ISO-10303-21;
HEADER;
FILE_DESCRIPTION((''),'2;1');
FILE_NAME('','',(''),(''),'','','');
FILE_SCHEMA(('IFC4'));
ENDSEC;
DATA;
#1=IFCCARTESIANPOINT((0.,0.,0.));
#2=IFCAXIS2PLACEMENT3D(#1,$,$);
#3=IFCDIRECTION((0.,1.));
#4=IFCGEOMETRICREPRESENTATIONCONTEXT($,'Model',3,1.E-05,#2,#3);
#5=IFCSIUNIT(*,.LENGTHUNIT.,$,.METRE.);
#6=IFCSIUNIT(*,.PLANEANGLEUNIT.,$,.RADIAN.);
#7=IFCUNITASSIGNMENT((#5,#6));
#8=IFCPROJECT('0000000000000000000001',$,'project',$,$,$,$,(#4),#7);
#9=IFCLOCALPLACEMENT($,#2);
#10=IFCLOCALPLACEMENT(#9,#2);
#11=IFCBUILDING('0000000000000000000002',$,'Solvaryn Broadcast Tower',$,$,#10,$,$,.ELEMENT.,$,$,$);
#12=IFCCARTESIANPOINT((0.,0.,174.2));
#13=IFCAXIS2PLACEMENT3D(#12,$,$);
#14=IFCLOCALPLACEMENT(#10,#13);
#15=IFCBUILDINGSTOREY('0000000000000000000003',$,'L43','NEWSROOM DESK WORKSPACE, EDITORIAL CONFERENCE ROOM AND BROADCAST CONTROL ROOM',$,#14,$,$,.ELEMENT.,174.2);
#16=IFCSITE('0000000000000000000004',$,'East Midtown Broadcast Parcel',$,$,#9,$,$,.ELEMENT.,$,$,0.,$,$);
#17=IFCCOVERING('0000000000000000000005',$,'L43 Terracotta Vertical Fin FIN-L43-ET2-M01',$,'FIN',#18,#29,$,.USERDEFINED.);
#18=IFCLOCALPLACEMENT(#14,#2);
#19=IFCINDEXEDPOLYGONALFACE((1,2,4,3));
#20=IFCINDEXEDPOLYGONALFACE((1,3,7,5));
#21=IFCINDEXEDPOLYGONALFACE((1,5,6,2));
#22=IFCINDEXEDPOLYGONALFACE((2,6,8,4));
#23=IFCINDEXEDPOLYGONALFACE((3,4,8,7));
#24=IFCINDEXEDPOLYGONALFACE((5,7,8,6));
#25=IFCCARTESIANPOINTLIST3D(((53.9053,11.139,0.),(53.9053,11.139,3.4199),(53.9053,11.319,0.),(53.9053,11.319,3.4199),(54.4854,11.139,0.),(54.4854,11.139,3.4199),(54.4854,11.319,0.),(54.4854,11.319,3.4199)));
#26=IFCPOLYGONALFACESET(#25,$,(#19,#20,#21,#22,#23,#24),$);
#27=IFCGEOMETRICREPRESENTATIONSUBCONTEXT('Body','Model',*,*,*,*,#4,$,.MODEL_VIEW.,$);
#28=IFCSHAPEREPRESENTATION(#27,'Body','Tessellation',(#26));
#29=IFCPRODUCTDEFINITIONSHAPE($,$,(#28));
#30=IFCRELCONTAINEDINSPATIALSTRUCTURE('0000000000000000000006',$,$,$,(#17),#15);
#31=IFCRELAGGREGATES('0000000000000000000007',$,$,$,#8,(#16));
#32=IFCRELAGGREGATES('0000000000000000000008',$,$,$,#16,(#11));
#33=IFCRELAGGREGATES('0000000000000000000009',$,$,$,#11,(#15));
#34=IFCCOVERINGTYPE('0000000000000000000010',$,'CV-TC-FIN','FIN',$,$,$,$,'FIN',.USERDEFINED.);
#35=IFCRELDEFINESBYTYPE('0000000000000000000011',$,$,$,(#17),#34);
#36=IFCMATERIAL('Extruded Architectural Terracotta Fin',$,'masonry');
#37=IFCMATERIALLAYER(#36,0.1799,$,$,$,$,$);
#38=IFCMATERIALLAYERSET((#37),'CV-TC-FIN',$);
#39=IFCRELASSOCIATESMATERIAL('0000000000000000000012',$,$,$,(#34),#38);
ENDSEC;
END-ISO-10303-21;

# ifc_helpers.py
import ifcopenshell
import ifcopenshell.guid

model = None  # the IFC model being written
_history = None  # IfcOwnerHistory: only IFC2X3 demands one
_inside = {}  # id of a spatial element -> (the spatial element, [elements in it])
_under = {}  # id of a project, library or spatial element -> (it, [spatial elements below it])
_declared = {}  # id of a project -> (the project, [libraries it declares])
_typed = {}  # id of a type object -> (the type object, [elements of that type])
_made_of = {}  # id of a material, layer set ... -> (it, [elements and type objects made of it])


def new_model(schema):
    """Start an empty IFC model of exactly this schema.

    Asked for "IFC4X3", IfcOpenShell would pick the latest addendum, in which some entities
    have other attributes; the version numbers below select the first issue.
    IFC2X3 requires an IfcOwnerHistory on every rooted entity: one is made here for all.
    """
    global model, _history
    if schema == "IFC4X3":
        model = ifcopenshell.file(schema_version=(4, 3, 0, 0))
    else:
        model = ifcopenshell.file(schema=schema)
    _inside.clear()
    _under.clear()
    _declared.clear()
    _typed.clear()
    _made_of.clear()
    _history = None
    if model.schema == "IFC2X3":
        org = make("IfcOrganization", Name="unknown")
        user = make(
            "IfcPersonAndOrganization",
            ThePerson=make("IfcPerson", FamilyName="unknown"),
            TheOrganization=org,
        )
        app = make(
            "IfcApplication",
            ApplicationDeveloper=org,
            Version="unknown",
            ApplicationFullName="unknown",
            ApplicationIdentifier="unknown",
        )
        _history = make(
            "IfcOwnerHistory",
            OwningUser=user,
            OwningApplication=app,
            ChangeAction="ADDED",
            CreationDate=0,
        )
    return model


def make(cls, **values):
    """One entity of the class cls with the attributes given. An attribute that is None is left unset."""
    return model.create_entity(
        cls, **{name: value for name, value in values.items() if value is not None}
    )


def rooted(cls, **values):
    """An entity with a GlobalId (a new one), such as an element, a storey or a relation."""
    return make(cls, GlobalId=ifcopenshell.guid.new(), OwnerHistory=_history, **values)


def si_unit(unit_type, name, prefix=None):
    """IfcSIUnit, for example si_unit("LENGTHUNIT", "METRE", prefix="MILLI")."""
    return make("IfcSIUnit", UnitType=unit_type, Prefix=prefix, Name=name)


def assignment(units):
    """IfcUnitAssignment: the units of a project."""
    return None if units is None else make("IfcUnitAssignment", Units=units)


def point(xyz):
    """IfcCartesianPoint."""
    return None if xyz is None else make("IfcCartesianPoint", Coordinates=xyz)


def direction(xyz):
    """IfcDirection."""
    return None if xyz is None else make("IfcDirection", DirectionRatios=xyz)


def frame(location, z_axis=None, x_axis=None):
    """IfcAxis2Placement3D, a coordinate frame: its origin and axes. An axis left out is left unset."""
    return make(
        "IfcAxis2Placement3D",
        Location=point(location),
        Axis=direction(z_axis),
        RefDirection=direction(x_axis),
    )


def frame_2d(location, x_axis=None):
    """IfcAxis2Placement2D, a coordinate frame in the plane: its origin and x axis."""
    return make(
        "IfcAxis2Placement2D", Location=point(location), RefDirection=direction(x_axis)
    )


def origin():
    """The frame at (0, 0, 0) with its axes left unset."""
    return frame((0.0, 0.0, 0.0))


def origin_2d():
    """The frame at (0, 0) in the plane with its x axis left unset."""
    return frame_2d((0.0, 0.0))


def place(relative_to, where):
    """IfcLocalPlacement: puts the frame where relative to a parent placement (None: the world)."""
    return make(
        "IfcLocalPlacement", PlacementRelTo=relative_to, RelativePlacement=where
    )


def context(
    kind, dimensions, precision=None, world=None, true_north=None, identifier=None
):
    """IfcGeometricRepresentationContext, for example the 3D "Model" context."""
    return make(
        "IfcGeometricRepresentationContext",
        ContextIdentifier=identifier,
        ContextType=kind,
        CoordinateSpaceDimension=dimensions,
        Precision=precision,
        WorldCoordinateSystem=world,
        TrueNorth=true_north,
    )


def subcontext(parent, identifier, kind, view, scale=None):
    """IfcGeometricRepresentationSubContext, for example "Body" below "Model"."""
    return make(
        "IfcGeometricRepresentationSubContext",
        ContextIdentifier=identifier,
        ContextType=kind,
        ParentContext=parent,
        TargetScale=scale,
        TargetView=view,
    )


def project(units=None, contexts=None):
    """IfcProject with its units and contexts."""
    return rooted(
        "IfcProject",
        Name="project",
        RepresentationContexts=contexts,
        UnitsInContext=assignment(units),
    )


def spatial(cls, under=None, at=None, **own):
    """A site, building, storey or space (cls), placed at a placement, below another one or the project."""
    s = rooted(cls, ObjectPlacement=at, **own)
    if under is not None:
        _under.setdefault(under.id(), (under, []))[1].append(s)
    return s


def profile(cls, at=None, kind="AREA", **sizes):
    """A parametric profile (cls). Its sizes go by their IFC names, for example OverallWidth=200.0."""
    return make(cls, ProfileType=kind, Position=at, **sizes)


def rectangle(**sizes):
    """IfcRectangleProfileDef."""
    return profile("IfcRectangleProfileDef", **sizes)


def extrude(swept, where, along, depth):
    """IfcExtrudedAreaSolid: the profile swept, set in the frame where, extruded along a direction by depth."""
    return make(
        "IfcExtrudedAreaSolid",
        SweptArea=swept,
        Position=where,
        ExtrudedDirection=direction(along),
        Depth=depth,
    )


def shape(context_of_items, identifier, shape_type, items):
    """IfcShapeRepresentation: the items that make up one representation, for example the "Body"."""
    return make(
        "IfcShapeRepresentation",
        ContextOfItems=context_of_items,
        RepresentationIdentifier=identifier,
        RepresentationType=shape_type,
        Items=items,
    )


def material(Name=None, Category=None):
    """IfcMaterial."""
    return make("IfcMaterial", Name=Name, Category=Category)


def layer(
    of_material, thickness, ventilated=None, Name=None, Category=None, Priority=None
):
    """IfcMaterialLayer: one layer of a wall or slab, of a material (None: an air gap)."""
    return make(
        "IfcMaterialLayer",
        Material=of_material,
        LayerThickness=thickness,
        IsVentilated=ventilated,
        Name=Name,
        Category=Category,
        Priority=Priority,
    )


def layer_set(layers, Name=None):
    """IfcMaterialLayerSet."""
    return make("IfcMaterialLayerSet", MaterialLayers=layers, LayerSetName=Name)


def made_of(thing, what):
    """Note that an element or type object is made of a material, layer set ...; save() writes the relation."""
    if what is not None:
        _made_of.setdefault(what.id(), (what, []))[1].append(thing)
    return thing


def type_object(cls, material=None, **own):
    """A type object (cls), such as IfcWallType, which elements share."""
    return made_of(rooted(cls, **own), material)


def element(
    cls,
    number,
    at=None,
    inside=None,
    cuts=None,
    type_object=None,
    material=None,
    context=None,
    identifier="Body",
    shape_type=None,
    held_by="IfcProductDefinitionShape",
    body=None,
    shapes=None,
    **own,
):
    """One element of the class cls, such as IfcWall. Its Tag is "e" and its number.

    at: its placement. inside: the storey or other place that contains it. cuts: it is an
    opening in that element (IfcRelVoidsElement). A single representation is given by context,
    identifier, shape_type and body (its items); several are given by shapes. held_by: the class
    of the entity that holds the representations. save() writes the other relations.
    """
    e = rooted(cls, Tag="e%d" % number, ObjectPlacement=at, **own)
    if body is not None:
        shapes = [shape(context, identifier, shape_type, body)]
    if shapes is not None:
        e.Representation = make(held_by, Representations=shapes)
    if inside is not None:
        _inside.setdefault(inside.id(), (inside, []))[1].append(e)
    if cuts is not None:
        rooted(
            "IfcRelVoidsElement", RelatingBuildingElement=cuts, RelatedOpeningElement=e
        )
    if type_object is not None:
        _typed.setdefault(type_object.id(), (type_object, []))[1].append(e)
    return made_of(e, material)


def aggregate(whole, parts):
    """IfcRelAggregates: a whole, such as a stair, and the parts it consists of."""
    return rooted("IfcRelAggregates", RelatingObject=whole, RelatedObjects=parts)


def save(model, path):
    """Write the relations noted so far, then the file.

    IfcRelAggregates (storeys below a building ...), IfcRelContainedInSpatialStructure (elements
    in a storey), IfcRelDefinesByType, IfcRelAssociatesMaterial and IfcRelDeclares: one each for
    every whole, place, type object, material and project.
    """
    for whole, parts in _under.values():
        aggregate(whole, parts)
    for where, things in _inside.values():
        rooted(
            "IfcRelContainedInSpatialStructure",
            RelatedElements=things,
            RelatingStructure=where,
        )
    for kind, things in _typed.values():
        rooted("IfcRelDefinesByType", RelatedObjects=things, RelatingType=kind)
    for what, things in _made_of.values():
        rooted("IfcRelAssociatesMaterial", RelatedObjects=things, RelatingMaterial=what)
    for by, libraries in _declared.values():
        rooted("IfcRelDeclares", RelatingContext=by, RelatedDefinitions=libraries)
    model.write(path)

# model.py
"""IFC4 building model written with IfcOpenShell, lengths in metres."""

from ifc_helpers import new_model, si_unit, direction, frame, origin, origin_2d, place, context, subcontext, project, spatial, rectangle, extrude, material, layer, layer_set, type_object, element, save


model = new_model("IFC4")

# Units and contexts
model_context = context("Model", 3, precision=1e-05, world=origin(), true_north=direction((0.0, 1.0)))
body_context = subcontext(model_context, "Body", "Model", "MODEL_VIEW")
ifc_project = project(units=[si_unit("LENGTHUNIT", "METRE"), si_unit("PLANEANGLEUNIT", "RADIAN")], contexts=[model_context])

# Site, building, storey
site_placement = place(None, origin())
site = spatial("IfcSite", under=ifc_project, at=site_placement, Name="East Midtown Broadcast Parcel", CompositionType="ELEMENT", RefElevation=0.0)
building_placement = place(site_placement, origin())
building = spatial("IfcBuilding", under=site, at=building_placement, Name="Solvaryn Broadcast Tower", CompositionType="ELEMENT")
storey_placement = place(building_placement, frame((0.0, 0.0, 174.2)))
storey = spatial("IfcBuildingStorey", under=building, at=storey_placement, Name="L43", Description="NEWSROOM DESK WORKSPACE, EDITORIAL CONFERENCE ROOM AND BROADCAST CONTROL ROOM", CompositionType="ELEMENT", Elevation=174.2)

# Covering
ifc_material_1 = material(Name="Extruded Architectural Terracotta Fin", Category="masonry")
ifc_layer_1 = layer(ifc_material_1, 0.1799)
ifc_layer_set_1 = layer_set([ifc_layer_1], Name="CV-TC-FIN")
covering_type = type_object("IfcCoveringType", Name="CV-TC-FIN", Description="FIN", ElementType="FIN", PredefinedType="USERDEFINED", material=ifc_layer_set_1)
for number, where, z_axis, x_axis, name in (
    (1, (54.1953, 11.229, 0.0), (0.0, 0.0, 1.0), (1.0, 0.0, 0.0), "L43 Terracotta Vertical Fin FIN-L43-ET2-M01"),
):
    element("IfcCovering", number, at=place(storey_placement, frame(where, z_axis=z_axis, x_axis=x_axis)), inside=storey, type_object=covering_type, Name=name, ObjectType="FIN", PredefinedType="USERDEFINED", context=body_context, shape_type="SweptSolid", body=[
        extrude(rectangle(XDim=0.5801, YDim=0.1799, at=origin_2d()), origin(), (0.0, 0.0, 1.0), 3.4199),
    ])

save(model, "model.ifc")
